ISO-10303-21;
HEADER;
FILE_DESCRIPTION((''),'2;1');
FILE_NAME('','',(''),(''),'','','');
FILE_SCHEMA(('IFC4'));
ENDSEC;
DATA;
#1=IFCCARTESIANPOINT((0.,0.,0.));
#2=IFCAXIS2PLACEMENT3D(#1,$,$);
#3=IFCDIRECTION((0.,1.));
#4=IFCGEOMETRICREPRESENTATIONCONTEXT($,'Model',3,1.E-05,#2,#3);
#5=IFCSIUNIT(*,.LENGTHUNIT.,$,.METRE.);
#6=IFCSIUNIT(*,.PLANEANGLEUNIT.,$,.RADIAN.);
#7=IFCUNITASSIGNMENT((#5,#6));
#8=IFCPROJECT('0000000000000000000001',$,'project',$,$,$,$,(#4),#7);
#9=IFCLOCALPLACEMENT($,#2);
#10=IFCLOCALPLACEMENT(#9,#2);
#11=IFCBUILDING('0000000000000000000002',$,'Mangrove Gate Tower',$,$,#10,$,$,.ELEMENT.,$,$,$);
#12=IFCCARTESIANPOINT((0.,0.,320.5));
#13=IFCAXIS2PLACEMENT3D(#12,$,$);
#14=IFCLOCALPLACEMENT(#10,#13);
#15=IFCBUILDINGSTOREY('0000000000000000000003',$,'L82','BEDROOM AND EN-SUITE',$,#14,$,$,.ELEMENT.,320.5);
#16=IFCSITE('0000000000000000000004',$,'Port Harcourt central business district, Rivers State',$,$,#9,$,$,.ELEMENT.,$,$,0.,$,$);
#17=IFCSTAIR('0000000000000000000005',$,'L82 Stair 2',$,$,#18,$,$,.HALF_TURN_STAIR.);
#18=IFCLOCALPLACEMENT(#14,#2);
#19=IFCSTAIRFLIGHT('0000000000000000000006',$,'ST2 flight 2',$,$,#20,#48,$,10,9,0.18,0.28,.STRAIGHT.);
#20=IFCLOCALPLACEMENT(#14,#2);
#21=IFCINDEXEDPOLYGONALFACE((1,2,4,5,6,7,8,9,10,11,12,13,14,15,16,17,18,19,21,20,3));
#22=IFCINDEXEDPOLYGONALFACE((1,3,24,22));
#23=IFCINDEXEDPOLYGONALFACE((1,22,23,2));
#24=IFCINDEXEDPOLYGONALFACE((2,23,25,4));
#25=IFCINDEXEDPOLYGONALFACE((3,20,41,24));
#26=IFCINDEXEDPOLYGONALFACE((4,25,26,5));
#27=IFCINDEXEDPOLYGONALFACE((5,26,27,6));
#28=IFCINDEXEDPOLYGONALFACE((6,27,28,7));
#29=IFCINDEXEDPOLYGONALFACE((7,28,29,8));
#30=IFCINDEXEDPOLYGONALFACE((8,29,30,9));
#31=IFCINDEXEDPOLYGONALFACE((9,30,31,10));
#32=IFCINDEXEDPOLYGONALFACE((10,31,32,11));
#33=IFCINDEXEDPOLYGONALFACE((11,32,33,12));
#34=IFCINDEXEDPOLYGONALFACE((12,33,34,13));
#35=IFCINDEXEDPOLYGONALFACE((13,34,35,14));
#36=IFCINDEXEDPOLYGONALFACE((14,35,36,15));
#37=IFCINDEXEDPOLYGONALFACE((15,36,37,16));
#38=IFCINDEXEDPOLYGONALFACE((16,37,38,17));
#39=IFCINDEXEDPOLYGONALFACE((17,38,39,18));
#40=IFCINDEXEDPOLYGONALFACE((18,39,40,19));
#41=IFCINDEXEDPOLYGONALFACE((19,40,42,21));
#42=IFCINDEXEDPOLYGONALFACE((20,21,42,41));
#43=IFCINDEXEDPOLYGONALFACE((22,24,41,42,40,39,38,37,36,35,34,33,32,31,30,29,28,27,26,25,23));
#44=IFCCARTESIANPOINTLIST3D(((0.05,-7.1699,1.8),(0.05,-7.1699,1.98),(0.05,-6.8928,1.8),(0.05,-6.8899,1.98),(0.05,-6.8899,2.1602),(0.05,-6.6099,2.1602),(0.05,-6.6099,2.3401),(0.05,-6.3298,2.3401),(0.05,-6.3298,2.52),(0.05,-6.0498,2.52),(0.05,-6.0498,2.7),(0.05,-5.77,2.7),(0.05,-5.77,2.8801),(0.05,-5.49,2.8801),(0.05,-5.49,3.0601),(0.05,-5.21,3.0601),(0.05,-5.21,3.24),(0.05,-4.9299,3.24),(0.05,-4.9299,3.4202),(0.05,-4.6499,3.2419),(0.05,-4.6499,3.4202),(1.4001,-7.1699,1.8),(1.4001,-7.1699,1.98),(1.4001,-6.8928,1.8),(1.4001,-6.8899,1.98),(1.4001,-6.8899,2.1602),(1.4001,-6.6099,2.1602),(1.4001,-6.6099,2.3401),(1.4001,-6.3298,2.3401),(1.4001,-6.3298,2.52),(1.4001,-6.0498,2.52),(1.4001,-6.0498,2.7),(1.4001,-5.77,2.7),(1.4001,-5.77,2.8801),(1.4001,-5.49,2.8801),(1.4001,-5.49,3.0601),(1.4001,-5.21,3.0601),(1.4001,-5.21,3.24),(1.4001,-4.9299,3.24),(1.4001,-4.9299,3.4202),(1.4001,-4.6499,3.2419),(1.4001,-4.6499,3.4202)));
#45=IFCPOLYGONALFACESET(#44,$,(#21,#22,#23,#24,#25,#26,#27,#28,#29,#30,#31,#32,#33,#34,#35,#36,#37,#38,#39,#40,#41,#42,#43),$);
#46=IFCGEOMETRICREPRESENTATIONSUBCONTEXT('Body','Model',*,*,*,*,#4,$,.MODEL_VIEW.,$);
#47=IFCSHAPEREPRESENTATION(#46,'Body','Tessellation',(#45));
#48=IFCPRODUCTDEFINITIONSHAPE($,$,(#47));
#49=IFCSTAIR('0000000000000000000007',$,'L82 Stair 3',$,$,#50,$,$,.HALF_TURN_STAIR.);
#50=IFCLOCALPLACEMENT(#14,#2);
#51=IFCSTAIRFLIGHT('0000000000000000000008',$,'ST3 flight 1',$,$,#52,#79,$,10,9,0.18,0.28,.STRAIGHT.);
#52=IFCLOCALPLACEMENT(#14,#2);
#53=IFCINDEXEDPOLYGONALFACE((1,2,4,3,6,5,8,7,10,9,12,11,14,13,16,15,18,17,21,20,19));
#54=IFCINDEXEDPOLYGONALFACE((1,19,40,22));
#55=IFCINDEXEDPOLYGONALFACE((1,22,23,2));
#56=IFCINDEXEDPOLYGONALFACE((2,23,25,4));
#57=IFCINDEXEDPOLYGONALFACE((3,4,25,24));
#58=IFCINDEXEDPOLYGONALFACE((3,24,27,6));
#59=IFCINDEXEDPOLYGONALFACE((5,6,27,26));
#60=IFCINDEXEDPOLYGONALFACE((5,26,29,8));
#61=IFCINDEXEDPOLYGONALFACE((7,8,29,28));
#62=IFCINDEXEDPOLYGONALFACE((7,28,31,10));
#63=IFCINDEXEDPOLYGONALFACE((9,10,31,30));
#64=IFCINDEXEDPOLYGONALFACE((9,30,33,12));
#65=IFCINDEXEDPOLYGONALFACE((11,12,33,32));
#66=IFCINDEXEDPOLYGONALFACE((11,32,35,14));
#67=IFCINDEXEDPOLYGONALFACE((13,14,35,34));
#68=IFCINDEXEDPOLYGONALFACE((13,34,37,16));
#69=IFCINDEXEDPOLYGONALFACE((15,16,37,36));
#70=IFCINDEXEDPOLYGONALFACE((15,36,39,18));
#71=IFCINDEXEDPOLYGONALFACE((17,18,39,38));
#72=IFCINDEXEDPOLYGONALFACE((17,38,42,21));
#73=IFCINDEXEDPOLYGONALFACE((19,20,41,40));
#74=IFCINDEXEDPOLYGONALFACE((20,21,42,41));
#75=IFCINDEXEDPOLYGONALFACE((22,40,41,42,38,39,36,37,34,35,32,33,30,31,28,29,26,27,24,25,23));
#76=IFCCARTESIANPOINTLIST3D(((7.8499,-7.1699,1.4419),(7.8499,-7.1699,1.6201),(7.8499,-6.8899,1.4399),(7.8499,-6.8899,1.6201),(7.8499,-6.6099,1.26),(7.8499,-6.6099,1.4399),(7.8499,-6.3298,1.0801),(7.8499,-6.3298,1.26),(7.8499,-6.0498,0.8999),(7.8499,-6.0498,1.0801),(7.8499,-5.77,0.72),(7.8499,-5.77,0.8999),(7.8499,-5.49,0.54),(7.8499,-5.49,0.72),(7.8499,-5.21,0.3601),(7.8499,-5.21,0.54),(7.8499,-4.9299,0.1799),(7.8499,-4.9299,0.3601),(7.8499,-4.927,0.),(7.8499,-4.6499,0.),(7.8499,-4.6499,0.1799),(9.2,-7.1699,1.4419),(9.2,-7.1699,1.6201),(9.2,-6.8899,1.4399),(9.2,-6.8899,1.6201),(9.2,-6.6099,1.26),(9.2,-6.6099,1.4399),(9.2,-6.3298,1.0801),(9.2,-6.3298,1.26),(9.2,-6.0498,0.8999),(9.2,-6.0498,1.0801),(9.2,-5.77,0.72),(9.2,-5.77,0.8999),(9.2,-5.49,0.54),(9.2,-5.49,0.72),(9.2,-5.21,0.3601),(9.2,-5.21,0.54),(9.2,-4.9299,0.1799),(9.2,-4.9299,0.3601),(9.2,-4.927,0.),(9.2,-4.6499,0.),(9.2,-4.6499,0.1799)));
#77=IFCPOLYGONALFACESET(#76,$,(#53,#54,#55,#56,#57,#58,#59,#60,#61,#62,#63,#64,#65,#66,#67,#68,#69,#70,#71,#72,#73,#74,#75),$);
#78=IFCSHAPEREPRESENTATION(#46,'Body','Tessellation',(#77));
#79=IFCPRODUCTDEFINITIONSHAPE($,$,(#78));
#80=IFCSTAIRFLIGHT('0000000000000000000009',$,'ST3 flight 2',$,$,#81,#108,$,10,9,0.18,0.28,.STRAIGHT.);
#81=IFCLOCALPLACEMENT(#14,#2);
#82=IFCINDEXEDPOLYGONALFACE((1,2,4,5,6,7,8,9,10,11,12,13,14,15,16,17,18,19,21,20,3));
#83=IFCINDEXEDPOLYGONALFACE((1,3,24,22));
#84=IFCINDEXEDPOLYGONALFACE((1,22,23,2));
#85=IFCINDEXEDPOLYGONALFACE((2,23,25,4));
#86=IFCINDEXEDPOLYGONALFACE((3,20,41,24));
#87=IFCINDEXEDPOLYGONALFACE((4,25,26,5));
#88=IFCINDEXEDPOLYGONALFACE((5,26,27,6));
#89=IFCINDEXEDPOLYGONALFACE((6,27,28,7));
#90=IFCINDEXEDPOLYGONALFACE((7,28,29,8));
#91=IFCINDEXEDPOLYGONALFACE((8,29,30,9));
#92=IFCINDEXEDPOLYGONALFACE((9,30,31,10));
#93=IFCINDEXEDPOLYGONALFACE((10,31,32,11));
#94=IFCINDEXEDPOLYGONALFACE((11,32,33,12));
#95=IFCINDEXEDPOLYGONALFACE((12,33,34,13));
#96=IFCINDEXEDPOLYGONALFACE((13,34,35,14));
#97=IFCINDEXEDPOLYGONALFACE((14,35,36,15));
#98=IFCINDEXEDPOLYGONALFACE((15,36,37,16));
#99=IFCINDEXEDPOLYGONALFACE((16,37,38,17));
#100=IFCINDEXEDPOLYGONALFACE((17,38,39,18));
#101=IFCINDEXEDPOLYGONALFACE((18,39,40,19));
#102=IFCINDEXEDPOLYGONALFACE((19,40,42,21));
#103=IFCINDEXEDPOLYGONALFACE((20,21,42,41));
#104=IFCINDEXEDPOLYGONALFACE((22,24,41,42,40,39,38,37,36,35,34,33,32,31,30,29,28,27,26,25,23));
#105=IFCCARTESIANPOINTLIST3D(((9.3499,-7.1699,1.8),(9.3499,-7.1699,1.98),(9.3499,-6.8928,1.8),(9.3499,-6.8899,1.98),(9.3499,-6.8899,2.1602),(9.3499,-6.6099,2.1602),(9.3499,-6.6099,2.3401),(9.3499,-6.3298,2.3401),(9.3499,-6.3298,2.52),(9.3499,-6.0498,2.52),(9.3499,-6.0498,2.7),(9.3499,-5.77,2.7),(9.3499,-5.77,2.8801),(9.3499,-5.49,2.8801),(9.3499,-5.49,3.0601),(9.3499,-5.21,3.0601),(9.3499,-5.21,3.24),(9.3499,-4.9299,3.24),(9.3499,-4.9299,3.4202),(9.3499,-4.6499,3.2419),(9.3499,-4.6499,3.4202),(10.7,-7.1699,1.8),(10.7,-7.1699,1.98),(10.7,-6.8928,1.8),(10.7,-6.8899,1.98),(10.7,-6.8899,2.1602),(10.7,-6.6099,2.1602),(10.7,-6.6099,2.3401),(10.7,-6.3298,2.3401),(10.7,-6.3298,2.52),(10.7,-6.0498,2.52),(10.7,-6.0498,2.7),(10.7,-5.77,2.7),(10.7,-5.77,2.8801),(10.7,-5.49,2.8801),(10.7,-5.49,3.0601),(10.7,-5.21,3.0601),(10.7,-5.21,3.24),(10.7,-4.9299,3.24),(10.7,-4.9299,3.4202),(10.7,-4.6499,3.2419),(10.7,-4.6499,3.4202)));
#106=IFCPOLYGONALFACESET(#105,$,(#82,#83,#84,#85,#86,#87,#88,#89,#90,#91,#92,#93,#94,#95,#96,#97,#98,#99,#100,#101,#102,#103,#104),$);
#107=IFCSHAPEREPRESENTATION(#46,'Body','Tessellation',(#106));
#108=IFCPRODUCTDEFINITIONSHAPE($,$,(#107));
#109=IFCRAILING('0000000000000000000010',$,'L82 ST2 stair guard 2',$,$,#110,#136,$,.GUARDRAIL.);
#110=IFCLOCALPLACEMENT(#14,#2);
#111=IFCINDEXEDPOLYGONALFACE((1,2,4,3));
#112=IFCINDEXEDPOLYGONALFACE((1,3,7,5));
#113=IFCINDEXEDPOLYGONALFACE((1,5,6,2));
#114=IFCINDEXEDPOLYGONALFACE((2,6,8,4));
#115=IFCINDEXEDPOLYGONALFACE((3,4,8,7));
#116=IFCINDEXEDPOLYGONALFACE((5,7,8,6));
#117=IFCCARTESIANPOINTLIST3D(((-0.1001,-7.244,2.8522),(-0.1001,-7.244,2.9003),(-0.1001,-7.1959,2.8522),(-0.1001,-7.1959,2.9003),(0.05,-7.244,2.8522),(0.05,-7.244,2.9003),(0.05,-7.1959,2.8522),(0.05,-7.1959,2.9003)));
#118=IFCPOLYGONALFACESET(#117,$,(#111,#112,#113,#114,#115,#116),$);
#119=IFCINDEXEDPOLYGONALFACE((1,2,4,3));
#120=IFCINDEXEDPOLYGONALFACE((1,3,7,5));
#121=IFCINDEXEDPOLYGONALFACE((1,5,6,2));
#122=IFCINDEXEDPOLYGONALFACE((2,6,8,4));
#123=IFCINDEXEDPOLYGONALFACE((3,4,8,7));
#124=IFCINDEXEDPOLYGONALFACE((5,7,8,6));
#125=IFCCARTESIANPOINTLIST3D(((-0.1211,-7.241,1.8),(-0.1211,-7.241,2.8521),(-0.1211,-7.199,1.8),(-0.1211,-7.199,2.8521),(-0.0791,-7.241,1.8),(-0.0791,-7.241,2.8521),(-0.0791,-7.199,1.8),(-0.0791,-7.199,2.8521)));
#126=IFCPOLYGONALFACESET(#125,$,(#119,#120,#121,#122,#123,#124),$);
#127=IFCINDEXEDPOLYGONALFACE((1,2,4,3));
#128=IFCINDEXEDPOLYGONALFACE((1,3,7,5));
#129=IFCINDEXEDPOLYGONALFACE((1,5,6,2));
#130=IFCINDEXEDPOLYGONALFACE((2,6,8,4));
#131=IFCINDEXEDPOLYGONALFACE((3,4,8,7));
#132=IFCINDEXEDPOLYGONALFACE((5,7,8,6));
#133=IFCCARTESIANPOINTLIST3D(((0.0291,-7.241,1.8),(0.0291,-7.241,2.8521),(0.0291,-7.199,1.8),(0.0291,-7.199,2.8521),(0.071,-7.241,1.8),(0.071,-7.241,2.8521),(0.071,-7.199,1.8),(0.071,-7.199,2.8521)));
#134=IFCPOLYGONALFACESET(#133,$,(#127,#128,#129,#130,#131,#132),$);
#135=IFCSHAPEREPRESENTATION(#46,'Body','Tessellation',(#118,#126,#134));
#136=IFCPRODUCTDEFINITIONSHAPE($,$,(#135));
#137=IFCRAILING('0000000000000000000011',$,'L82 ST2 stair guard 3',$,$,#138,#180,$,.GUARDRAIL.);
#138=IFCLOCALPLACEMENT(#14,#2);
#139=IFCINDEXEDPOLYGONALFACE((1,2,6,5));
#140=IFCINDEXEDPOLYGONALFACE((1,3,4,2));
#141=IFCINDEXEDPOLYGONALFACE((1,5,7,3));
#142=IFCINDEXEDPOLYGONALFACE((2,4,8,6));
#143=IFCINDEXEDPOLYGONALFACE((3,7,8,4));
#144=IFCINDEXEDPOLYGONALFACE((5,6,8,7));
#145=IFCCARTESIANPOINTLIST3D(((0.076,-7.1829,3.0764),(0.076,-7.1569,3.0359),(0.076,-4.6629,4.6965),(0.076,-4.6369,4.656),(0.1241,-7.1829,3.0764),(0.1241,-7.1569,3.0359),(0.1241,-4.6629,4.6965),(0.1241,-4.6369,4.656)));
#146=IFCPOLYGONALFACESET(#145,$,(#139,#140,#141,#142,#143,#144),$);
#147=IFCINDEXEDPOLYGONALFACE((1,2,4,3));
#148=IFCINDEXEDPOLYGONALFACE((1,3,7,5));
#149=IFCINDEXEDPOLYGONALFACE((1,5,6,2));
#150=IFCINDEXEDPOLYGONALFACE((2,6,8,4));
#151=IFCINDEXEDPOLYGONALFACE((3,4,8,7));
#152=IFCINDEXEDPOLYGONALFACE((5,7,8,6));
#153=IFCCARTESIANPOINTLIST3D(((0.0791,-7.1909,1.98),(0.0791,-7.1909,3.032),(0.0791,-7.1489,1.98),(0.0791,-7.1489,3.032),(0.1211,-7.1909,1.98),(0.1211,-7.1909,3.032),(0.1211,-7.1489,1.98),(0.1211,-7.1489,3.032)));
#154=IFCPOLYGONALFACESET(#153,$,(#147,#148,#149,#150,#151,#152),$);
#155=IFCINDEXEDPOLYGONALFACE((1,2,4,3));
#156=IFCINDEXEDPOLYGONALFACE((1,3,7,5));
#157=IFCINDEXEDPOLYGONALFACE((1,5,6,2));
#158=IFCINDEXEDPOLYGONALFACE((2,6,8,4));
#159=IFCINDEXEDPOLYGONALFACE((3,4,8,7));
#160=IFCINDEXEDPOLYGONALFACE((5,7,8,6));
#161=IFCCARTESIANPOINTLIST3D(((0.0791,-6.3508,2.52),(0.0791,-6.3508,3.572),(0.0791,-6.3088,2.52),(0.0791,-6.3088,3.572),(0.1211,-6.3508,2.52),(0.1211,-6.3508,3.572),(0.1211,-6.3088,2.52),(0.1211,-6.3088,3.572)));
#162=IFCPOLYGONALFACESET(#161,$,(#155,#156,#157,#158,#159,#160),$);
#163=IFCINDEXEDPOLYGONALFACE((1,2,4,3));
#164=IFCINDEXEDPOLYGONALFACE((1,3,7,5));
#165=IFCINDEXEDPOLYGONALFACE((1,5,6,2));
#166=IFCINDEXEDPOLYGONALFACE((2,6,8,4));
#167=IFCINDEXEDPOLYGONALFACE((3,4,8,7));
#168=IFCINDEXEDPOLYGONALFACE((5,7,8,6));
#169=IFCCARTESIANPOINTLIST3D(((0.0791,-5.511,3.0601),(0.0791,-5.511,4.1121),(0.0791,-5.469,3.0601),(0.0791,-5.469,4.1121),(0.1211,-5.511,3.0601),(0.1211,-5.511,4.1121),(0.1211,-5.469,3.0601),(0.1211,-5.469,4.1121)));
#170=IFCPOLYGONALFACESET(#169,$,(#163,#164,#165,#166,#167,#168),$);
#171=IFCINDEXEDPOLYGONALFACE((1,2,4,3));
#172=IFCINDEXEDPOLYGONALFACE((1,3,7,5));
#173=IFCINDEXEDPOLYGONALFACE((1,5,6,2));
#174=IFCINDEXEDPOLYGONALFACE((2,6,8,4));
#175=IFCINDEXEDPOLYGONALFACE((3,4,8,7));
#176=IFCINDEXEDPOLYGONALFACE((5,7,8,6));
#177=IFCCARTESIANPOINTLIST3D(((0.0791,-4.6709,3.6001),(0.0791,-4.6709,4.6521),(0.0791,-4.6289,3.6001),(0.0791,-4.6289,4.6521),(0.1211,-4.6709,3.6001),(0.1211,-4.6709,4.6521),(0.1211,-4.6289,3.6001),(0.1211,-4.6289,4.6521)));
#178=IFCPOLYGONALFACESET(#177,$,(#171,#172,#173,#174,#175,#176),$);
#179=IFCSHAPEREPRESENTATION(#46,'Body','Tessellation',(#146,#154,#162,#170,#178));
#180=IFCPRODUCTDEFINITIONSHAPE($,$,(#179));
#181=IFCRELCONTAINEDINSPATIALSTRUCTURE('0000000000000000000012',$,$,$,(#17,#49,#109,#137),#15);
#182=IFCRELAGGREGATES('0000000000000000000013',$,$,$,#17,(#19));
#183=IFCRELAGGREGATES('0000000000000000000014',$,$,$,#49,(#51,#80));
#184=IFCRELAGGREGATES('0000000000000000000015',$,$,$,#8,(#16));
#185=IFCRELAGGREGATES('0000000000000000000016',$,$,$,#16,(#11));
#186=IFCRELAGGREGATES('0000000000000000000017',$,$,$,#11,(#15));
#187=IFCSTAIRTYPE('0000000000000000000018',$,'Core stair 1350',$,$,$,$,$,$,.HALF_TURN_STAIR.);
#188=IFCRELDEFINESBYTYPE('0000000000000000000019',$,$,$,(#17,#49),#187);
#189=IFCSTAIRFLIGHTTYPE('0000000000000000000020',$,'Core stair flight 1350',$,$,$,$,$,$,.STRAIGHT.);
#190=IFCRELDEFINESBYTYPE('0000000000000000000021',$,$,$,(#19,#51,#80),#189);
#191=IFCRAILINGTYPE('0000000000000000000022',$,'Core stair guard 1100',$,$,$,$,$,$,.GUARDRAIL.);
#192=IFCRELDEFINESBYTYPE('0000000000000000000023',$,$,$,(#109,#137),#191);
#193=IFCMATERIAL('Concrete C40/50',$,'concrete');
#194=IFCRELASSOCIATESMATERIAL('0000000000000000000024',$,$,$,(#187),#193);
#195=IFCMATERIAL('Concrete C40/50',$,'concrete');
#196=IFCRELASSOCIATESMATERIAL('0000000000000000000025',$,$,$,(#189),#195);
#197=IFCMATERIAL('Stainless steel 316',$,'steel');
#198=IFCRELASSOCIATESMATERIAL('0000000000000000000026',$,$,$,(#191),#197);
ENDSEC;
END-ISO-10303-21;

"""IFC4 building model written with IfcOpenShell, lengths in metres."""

from ifc_helpers import new_model, si_unit, direction, frame, origin, origin_2d, place, context, subcontext, project, spatial, polyline, rectangle, outline, extrude, material, type_object, element, aggregate, save


model = new_model("IFC4")

# Units and contexts
model_context = context("Model", 3, precision=1e-05, world=origin(), true_north=direction((0.0, 1.0)))
body_context = subcontext(model_context, "Body", "Model", "MODEL_VIEW")
ifc_project = project(units=[si_unit("LENGTHUNIT", "METRE"), si_unit("PLANEANGLEUNIT", "RADIAN")], contexts=[model_context])

# Site, building, storey
site_placement = place(None, origin())
site = spatial("IfcSite", under=ifc_project, at=site_placement, Name="Port Harcourt central business district, Rivers State", CompositionType="ELEMENT", RefElevation=0.0)
building_placement = place(site_placement, origin())
building = spatial("IfcBuilding", under=site, at=building_placement, Name="Mangrove Gate Tower", CompositionType="ELEMENT")
storey_placement = place(building_placement, frame((0.0, 0.0, 320.5)))
storey = spatial("IfcBuildingStorey", under=building, at=storey_placement, Name="L82", Description="BEDROOM AND EN-SUITE", CompositionType="ELEMENT", Elevation=320.5)

# Stair, stair flight
ifc_material_1 = material(Name="Concrete C40/50", Category="concrete")
stair_type = type_object("IfcStairType", Name="Core stair 1350", PredefinedType="HALF_TURN_STAIR", material=ifc_material_1)
stair_1_placement = place(storey_placement, origin())
stair_1 = element("IfcStair", 1, at=stair_1_placement, inside=storey, type_object=stair_type, Name="L82 Stair 2", PredefinedType="HALF_TURN_STAIR")
ifc_material_2 = material(Name="Concrete C40/50", Category="concrete")
stair_flight_type = type_object("IfcStairFlightType", Name="Core stair flight 1350", PredefinedType="STRAIGHT", material=ifc_material_2)
stair_flight_1_placement = place(storey_placement, frame((0.7251, -7.1699, 1.8), z_axis=(0.0, 0.0, 1.0), x_axis=(0.0, 1.0, 0.0)))
stair_flight_1 = element("IfcStairFlight", 2, at=stair_flight_1_placement, type_object=stair_flight_type, Name="ST2 flight 2", NumberOfRisers=10, NumberOfTreads=9, PredefinedType="STRAIGHT", RiserHeight=0.18, TreadLength=0.28, context=body_context, shape_type="SweptSolid", body=[
    extrude(outline(polyline([(0.0, 0.0), (0.0, 0.1799), (0.28, 0.1799), (0.28, 0.3601), (0.5601, 0.3601), (0.5601, 0.54), (0.8401, 0.54), (0.8401, 0.72), (1.1201, 0.72), (1.1201, 0.8999), (1.3999, 0.8999), (1.3999, 1.0801), (1.6799, 1.0801), (1.6799, 1.26), (1.96, 1.26), (1.96, 1.4399), (2.24, 1.4399), (2.24, 1.6201), (2.52, 1.6201), (2.52, 1.8), (2.52, 1.4419), (0.2771, 0.0), (0.0, 0.0)])), frame((0.0, 0.675, 0.0), z_axis=(0.0, -1.0, 0.0), x_axis=(1.0, 0.0, 0.0)), (0.0, 0.0, 1.0), 1.3501),
])
aggregate(stair_1, [stair_flight_1])

# Stair, stair flights
stair_2_placement = place(storey_placement, origin())
stair_2 = element("IfcStair", 3, at=stair_2_placement, inside=storey, type_object=stair_type, Name="L82 Stair 3", PredefinedType="HALF_TURN_STAIR")
stair_flight_2_placement = place(storey_placement, frame((8.5249, -4.6499, 0.0), z_axis=(0.0, 0.0, 1.0), x_axis=(0.0, -1.0, 0.0)))
stair_flight_2 = element("IfcStairFlight", 4, at=stair_flight_2_placement, type_object=stair_flight_type, Name="ST3 flight 1", NumberOfRisers=10, NumberOfTreads=9, PredefinedType="STRAIGHT", RiserHeight=0.18, TreadLength=0.28, context=body_context, shape_type="SweptSolid", body=[
    extrude(outline(polyline([(0.0, 0.0), (0.0, 0.1799), (0.28, 0.1799), (0.28, 0.3601), (0.5601, 0.3601), (0.5601, 0.54), (0.8401, 0.54), (0.8401, 0.72), (1.1201, 0.72), (1.1201, 0.8999), (1.3999, 0.8999), (1.3999, 1.0801), (1.6799, 1.0801), (1.6799, 1.26), (1.96, 1.26), (1.96, 1.4399), (2.24, 1.4399), (2.24, 1.6201), (2.52, 1.6201), (2.52, 1.8), (2.52, 1.4419), (0.2771, 0.0), (0.0, 0.0)])), frame((0.0, 0.675, 0.0), z_axis=(0.0, -1.0, 0.0), x_axis=(1.0, 0.0, 0.0)), (0.0, 0.0, 1.0), 1.3501),
])
stair_flight_3_placement = place(storey_placement, frame((10.0249, -7.1699, 1.8), z_axis=(0.0, 0.0, 1.0), x_axis=(0.0, 1.0, 0.0)))
stair_flight_3 = element("IfcStairFlight", 5, at=stair_flight_3_placement, type_object=stair_flight_type, Name="ST3 flight 2", NumberOfRisers=10, NumberOfTreads=9, PredefinedType="STRAIGHT", RiserHeight=0.18, TreadLength=0.28, context=body_context, shape_type="SweptSolid", body=[
    extrude(outline(polyline([(0.0, 0.0), (0.0, 0.1799), (0.28, 0.1799), (0.28, 0.3601), (0.5601, 0.3601), (0.5601, 0.54), (0.8401, 0.54), (0.8401, 0.72), (1.1201, 0.72), (1.1201, 0.8999), (1.3999, 0.8999), (1.3999, 1.0801), (1.6799, 1.0801), (1.6799, 1.26), (1.96, 1.26), (1.96, 1.4399), (2.24, 1.4399), (2.24, 1.6201), (2.52, 1.6201), (2.52, 1.8), (2.52, 1.4419), (0.2771, 0.0), (0.0, 0.0)])), frame((0.0, 0.675, 0.0), z_axis=(0.0, -1.0, 0.0), x_axis=(1.0, 0.0, 0.0)), (0.0, 0.0, 1.0), 1.3501),
])
aggregate(stair_2, [stair_flight_2, stair_flight_3])

# Railings
ifc_material_3 = material(Name="Stainless steel 316", Category="steel")
railing_type_1 = type_object("IfcRailingType", Name="Core stair guard 1100", PredefinedType="GUARDRAIL", material=ifc_material_3)
railing_1_placement = place(storey_placement, frame((-0.1001, -7.22, 1.8)))
element("IfcRailing", 6, at=railing_1_placement, inside=storey, type_object=railing_type_1, Name="L82 ST2 stair guard 2", PredefinedType="GUARDRAIL", context=body_context, shape_type="SweptSolid", body=[
    extrude(rectangle(XDim=0.0481, YDim=0.0481, at=origin_2d()), frame((0.0, 0.0, 1.0762), z_axis=(1.0, 0.0, 0.0), x_axis=(0.0, 1.0, 0.0)), (0.0, 0.0, 1.0), 0.1501),
    extrude(rectangle(XDim=0.042, YDim=0.042, at=origin_2d()), origin(), (0.0, 0.0, 1.0), 1.052),
    extrude(rectangle(XDim=0.042, YDim=0.042, at=origin_2d()), frame((0.1501, 0.0, 0.0)), (0.0, 0.0, 1.0), 1.052),
])
railing_2_placement = place(storey_placement, frame((0.1001, -7.1699, 1.98)))
element("IfcRailing", 7, at=railing_2_placement, inside=storey, type_object=railing_type_1, Name="L82 ST2 stair guard 3", PredefinedType="GUARDRAIL", context=body_context, shape_type="SweptSolid", body=[
    extrude(rectangle(XDim=0.0481, YDim=0.0481, at=origin_2d()), frame((0.0, 0.0, 1.0762), z_axis=(0.0, 0.841163, 0.540782), x_axis=(-1.0, 0.0, 0.0)), (0.0, 0.0, 1.0), 2.9958),
    extrude(rectangle(XDim=0.042, YDim=0.042, at=origin_2d()), origin(), (0.0, 0.0, 1.0), 1.052),
    extrude(rectangle(XDim=0.042, YDim=0.042, at=origin_2d()), frame((0.0, 0.8401, 0.54)), (0.0, 0.0, 1.0), 1.052),
    extrude(rectangle(XDim=0.042, YDim=0.042, at=origin_2d()), frame((0.0, 1.6799, 1.0801)), (0.0, 0.0, 1.0), 1.052),
    extrude(rectangle(XDim=0.042, YDim=0.042, at=origin_2d()), frame((0.0, 2.52, 1.6201)), (0.0, 0.0, 1.0), 1.052),
])

save(model, "model.ifc")
